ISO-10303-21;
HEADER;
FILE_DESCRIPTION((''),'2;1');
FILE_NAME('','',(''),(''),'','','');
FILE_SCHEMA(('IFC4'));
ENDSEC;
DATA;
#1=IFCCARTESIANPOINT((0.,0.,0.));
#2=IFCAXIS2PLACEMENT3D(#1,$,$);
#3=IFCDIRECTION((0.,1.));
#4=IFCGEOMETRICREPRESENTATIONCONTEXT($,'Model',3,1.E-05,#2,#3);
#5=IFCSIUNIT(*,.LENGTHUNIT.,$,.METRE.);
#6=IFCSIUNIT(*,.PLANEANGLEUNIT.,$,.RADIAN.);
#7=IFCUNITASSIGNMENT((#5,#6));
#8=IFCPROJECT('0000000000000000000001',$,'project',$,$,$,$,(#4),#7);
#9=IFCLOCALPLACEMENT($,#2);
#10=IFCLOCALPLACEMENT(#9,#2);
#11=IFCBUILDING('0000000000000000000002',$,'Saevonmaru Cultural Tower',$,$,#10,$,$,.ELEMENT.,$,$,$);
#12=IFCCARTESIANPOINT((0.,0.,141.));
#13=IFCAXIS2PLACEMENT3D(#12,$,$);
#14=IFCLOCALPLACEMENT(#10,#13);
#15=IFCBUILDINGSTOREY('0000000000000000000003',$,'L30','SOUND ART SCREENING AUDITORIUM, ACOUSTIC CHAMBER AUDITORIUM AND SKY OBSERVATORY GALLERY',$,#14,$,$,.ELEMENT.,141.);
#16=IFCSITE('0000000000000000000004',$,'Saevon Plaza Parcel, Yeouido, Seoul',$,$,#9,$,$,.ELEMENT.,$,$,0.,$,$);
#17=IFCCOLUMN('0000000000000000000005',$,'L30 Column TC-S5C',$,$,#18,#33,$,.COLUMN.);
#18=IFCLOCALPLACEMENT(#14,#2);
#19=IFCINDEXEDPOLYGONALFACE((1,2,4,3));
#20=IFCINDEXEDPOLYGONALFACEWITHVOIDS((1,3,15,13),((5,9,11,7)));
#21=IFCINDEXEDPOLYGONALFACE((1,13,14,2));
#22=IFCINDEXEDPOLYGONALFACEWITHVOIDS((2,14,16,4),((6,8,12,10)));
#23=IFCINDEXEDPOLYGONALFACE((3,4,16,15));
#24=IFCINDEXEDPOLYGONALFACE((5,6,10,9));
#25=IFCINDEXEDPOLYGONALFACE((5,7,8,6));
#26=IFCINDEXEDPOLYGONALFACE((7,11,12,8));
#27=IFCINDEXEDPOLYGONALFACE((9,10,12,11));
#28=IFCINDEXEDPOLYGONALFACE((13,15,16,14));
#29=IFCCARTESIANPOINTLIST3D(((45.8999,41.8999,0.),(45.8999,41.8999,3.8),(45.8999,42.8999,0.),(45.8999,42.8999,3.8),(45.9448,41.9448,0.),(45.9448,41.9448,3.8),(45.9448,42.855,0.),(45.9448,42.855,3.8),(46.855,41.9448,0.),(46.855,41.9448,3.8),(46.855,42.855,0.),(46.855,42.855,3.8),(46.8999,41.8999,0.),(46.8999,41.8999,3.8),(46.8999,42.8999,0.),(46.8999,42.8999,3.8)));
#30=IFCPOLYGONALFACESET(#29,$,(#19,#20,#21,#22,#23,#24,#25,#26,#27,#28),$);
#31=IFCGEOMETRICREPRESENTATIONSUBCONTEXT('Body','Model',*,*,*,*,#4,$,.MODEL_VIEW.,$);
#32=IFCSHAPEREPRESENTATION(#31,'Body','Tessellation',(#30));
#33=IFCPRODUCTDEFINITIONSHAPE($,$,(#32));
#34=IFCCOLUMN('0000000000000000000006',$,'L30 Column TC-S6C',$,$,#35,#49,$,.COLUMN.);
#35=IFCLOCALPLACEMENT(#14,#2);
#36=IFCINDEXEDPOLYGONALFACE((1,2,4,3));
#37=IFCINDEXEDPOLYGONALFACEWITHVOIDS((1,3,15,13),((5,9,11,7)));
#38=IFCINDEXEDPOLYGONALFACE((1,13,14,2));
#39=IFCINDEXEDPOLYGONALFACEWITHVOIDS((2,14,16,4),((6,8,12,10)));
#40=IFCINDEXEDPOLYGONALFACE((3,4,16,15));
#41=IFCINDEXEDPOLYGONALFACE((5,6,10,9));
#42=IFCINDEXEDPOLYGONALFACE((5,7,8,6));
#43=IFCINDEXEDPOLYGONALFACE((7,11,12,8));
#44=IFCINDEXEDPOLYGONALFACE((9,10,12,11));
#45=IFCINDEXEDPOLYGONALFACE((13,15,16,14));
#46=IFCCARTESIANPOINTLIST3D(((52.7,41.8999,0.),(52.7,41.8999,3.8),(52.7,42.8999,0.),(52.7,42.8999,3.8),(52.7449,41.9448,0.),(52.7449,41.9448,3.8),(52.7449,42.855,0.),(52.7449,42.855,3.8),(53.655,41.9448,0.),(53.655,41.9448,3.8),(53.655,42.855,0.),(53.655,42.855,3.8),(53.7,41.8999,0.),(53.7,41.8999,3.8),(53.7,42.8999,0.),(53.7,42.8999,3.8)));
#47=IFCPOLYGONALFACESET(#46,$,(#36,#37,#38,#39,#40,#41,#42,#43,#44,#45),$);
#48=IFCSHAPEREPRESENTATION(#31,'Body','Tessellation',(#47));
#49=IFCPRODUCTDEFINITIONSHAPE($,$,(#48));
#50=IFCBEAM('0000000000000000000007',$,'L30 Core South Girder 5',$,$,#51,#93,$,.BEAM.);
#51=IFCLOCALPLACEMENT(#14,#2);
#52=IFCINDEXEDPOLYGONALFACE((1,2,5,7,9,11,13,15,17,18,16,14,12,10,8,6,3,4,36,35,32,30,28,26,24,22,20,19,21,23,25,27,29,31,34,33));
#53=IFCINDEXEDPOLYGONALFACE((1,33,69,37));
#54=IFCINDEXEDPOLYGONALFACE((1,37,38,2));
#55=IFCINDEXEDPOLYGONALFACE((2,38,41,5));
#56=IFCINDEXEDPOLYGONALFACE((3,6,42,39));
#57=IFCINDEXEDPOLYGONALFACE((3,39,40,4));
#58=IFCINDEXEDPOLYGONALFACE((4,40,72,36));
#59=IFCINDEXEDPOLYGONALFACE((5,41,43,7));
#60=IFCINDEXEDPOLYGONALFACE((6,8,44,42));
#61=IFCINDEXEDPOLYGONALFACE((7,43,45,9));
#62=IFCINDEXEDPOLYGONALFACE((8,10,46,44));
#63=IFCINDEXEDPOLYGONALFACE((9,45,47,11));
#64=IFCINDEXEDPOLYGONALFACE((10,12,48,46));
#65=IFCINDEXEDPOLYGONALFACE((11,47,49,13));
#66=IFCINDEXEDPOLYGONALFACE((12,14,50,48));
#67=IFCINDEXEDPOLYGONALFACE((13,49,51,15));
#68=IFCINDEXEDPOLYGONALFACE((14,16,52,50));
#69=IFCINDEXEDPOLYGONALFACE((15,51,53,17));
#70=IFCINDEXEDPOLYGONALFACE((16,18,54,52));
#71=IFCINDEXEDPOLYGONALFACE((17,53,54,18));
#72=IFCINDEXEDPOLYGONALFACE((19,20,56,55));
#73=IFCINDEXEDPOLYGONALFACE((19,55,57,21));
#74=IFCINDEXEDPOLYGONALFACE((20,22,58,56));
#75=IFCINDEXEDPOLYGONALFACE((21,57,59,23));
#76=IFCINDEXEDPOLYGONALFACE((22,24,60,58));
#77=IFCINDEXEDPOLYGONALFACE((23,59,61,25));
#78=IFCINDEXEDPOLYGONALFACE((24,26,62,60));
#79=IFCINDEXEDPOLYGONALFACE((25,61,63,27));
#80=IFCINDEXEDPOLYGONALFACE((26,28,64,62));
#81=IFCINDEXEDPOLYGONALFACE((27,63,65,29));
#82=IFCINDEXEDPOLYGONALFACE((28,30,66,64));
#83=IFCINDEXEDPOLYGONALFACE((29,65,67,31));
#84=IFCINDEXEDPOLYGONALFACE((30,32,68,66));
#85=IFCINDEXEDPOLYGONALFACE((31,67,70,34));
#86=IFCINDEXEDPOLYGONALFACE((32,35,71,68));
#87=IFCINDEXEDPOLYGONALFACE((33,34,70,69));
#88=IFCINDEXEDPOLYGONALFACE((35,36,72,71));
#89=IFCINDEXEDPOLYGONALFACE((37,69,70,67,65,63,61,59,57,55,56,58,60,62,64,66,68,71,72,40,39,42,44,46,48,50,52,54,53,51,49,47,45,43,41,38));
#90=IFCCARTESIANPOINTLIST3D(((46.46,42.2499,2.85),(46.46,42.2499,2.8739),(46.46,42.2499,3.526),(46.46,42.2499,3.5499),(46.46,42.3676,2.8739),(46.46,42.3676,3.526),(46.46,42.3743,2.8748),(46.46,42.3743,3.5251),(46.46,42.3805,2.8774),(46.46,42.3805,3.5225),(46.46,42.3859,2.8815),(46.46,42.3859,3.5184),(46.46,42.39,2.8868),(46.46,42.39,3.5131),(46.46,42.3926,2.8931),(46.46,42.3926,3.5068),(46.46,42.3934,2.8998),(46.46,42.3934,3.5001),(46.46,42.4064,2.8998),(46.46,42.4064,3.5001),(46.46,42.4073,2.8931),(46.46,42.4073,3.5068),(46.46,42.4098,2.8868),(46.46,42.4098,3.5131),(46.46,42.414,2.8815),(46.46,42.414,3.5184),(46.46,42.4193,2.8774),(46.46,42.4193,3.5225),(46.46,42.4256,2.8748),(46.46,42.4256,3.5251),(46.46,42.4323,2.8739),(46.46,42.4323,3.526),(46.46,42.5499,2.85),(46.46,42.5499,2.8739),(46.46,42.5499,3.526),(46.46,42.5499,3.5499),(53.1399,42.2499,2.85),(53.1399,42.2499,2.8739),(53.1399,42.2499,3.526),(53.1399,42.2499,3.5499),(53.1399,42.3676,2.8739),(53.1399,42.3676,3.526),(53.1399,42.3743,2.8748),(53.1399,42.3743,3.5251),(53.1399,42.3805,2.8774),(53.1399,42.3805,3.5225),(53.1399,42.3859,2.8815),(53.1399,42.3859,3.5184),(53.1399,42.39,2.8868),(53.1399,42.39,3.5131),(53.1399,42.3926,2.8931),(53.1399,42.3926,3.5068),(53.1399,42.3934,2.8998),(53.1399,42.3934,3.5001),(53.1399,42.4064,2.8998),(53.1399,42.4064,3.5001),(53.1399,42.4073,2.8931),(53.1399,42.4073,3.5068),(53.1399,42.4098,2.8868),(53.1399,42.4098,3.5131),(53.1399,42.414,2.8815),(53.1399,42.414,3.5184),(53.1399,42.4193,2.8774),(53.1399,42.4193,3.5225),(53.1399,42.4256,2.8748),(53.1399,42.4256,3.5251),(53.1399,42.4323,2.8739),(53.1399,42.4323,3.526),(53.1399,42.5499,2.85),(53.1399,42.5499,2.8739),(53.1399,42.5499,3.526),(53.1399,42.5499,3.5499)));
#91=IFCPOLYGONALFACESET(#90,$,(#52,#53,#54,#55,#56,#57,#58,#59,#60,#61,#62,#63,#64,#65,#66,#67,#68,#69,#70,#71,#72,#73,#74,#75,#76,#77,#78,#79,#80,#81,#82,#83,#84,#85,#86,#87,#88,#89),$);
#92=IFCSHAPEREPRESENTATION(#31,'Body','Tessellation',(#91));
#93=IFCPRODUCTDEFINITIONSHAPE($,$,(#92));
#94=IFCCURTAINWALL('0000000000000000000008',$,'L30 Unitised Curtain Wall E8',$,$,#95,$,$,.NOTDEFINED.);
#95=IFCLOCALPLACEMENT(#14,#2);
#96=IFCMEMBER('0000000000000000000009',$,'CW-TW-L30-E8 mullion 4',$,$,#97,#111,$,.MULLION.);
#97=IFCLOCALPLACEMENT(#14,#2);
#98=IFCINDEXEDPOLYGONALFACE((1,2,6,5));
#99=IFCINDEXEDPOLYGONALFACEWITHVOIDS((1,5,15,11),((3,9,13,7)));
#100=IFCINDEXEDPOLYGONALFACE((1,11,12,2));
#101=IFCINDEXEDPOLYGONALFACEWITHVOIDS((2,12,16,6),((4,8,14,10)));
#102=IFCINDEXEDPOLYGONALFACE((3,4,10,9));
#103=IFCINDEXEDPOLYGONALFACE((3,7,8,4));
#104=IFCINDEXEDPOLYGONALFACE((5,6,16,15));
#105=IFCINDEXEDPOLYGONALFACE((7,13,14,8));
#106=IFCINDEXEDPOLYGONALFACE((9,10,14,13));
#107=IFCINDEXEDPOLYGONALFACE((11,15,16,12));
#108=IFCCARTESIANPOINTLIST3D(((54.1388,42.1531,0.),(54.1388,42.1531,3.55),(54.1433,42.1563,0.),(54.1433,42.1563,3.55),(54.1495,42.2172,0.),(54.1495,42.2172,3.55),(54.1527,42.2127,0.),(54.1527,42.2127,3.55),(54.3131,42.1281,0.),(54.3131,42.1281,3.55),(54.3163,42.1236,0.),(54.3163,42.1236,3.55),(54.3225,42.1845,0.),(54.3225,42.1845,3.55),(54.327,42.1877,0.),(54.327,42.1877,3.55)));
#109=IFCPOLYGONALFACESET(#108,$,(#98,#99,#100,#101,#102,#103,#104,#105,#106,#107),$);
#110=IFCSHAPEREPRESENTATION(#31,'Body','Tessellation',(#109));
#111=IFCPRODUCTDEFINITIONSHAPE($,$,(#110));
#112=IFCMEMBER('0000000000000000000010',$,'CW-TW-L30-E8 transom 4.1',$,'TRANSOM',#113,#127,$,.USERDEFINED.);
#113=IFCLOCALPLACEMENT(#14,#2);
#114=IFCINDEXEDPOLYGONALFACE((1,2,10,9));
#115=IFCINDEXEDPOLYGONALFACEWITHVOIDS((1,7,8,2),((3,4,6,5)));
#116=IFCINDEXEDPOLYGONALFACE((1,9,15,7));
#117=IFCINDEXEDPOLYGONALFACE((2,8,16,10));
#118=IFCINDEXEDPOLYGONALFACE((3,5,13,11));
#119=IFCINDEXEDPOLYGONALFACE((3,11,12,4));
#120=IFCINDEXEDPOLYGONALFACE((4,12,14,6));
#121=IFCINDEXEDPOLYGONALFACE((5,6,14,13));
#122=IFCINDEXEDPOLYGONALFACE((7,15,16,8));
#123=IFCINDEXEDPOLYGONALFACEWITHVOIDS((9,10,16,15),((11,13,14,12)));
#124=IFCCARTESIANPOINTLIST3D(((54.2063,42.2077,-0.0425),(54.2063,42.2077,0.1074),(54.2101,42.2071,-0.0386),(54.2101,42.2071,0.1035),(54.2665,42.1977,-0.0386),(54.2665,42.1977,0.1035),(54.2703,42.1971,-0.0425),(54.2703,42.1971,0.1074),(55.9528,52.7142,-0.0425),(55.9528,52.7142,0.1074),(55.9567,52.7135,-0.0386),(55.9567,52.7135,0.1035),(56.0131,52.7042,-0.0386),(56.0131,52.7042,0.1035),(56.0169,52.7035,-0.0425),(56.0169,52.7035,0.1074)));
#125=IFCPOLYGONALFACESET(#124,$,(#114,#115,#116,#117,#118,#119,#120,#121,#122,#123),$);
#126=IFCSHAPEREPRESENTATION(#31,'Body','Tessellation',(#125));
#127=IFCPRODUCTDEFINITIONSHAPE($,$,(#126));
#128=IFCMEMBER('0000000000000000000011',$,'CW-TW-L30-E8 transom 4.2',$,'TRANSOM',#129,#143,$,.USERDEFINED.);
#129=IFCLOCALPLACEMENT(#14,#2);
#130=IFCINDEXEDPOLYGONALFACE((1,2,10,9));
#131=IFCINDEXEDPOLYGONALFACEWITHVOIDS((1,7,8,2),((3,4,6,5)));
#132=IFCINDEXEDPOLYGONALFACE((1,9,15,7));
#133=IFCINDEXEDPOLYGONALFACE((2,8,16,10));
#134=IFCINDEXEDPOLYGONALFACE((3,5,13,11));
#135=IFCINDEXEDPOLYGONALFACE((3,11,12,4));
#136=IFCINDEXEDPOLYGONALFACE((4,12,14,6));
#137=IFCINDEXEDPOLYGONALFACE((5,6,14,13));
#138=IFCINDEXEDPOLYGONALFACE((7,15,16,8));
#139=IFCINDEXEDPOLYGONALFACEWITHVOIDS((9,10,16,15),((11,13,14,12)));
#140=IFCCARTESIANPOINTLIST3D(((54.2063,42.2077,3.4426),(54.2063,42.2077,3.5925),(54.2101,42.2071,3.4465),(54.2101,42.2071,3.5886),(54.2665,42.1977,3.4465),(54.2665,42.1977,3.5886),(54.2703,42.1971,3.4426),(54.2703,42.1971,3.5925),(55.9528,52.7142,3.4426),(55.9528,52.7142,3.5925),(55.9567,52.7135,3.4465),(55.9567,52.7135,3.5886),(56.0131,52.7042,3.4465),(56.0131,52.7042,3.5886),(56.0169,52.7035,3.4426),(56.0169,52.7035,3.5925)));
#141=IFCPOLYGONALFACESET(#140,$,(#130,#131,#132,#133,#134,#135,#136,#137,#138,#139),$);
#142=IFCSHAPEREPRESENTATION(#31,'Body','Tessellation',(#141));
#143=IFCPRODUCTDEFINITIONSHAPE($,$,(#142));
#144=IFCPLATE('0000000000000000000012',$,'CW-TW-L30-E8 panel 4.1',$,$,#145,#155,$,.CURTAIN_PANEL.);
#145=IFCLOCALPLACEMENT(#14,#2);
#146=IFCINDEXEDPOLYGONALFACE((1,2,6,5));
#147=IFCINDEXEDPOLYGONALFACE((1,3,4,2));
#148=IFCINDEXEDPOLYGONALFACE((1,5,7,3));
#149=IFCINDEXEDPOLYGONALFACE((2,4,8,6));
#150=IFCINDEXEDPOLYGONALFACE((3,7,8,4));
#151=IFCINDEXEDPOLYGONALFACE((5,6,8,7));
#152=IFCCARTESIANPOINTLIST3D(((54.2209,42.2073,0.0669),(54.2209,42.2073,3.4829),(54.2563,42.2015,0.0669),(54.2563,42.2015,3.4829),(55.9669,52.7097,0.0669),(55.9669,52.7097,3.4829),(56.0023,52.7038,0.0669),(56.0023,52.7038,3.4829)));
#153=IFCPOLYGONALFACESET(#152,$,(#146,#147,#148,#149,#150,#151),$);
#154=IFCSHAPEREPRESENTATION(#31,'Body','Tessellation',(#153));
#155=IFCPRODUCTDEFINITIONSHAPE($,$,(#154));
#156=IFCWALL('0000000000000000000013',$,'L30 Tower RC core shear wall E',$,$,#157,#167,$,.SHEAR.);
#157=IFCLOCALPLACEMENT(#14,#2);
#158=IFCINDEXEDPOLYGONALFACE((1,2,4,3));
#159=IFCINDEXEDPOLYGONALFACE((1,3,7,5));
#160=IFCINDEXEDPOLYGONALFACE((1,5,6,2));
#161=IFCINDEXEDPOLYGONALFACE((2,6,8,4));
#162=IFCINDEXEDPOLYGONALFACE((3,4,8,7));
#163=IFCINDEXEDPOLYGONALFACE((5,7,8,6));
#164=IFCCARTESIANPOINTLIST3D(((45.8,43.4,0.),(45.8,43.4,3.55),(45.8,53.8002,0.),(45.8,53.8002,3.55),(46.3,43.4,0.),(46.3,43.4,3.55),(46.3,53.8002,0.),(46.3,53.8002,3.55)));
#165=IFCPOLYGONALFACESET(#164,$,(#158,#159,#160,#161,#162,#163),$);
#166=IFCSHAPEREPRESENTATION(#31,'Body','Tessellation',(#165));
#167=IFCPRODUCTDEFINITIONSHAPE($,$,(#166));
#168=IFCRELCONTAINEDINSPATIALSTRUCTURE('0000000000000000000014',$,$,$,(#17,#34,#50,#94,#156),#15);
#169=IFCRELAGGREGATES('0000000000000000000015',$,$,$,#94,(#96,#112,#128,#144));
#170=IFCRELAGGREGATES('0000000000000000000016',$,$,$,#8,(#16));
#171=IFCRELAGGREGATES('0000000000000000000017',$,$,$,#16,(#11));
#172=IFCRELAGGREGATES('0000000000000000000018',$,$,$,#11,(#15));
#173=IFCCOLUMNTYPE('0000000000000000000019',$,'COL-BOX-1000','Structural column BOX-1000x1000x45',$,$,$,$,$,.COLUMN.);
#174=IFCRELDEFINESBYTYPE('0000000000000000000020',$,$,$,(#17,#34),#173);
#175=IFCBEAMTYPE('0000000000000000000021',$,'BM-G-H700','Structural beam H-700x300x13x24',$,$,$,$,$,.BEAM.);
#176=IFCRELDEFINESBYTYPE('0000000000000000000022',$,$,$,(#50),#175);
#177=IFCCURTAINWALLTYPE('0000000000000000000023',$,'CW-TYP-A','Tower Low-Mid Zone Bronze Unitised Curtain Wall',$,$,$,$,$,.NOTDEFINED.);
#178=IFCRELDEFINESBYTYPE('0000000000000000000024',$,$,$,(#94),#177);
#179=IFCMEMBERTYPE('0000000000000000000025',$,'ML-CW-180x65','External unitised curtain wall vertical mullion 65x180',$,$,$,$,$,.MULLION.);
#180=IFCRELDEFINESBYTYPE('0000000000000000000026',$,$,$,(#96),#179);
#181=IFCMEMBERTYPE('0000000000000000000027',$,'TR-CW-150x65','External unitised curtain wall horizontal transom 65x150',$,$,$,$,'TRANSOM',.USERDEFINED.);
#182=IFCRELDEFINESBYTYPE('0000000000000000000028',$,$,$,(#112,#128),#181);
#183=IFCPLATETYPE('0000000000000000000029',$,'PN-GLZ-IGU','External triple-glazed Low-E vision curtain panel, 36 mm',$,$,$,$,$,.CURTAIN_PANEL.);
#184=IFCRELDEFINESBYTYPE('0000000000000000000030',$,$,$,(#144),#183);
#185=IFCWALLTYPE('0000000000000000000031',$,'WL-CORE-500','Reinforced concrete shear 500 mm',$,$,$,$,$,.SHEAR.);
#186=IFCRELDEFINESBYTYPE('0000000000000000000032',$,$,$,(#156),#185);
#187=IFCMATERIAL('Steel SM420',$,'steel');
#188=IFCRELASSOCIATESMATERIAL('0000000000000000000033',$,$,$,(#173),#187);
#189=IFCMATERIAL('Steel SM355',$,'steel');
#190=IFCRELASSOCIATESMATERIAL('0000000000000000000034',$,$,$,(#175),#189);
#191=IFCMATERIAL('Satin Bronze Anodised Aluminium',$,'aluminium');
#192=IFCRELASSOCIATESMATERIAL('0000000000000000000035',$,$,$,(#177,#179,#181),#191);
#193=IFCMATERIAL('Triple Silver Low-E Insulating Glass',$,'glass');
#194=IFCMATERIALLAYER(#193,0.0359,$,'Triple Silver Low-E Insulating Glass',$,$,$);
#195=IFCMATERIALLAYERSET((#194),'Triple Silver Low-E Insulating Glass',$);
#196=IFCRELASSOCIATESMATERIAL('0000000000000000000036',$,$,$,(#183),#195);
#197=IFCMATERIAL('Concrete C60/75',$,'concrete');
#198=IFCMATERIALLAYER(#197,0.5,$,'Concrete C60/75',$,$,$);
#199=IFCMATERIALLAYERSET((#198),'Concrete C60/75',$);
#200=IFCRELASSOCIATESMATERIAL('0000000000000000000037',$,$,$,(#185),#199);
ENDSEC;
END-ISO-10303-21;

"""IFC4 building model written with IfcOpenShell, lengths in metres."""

from ifc_helpers import new_model, si_unit, direction, frame, frame_2d, origin, origin_2d, place, context, subcontext, project, spatial, rectangle, hollow_rectangle, i_section, extrude, material, layer, layer_set, material_profile, profile_set, type_object, element, aggregate, save


model = new_model("IFC4")

# Units and contexts
model_context = context("Model", 3, precision=1e-05, world=origin(), true_north=direction((0.0, 1.0)))
body_context = subcontext(model_context, "Body", "Model", "MODEL_VIEW")
ifc_project = project(units=[si_unit("LENGTHUNIT", "METRE"), si_unit("PLANEANGLEUNIT", "RADIAN")], contexts=[model_context])

# Site, building, storey
site_placement = place(None, origin())
site = spatial("IfcSite", under=ifc_project, at=site_placement, Name="Saevon Plaza Parcel, Yeouido, Seoul", CompositionType="ELEMENT", RefElevation=0.0)
building_placement = place(site_placement, origin())
building = spatial("IfcBuilding", under=site, at=building_placement, Name="Saevonmaru Cultural Tower", CompositionType="ELEMENT")
storey_placement = place(building_placement, frame((0.0, 0.0, 141.0)))
storey = spatial("IfcBuildingStorey", under=building, at=storey_placement, Name="L30", Description="SOUND ART SCREENING AUDITORIUM, ACOUSTIC CHAMBER AUDITORIUM AND SKY OBSERVATORY GALLERY", CompositionType="ELEMENT", Elevation=141.0)

# Columns
ifc_material_1 = material(Name="Steel SM420", Category="steel")
ifc_material_profile_1 = material_profile(ifc_material_1, hollow_rectangle(XDim=1.0, YDim=1.0, WallThickness=0.0449, at=origin_2d()), Name="BOX-1000x1000x45")
ifc_profile_set_1 = profile_set([ifc_material_profile_1], Name="Steel SM420")
column_type = type_object("IfcColumnType", Name="COL-BOX-1000", Description="Structural column BOX-1000x1000x45", PredefinedType="COLUMN", material=ifc_profile_set_1)
for number, where, z_axis, x_axis, name in (
    (1, (46.3999, 42.3999, 0.0), (0.0, 0.0, 1.0), (1.0, 0.0, 0.0), "L30 Column TC-S5C"),
    (2, (53.2, 42.3999, 0.0), (0.0, 0.0, 1.0), (1.0, 0.0, 0.0), "L30 Column TC-S6C"),
):
    element("IfcColumn", number, at=place(storey_placement, frame(where, z_axis=z_axis, x_axis=x_axis)), inside=storey, type_object=column_type, Name=name, PredefinedType="COLUMN", context=body_context, shape_type="SweptSolid", body=[
        extrude(hollow_rectangle(XDim=1.0, YDim=1.0, WallThickness=0.0449, at=origin_2d()), origin(), (0.0, 0.0, 1.0), 3.8),
    ])

# Beam
ifc_material_2 = material(Name="Steel SM355", Category="steel")
ifc_material_profile_2 = material_profile(ifc_material_2, i_section(OverallWidth=0.3, OverallDepth=0.7, WebThickness=0.0129, FlangeThickness=0.0239, FilletRadius=0.0259, at=origin_2d()), Name="H-700x300x13x24")
ifc_profile_set_2 = profile_set([ifc_material_profile_2], Name="Steel SM355")
beam_type = type_object("IfcBeamType", Name="BM-G-H700", Description="Structural beam H-700x300x13x24", PredefinedType="BEAM", material=ifc_profile_set_2)
beam_placement = place(storey_placement, frame((46.46, 42.3999, 3.2), z_axis=(1.0, 0.0, 0.0), x_axis=(0.0, 1.0, 0.0)))
element("IfcBeam", 3, at=beam_placement, inside=storey, type_object=beam_type, Name="L30 Core South Girder 5", PredefinedType="BEAM", context=body_context, shape_type="SweptSolid", body=[
    extrude(i_section(OverallWidth=0.3, OverallDepth=0.7, WebThickness=0.0129, FlangeThickness=0.0239, FilletRadius=0.0259, at=origin_2d()), origin(), (0.0, 0.0, 1.0), 6.6799),
])

# Curtain wall, members, plate
ifc_material_3 = material(Name="Satin Bronze Anodised Aluminium", Category="aluminium")
curtain_wall_type = type_object("IfcCurtainWallType", Name="CW-TYP-A", Description="Tower Low-Mid Zone Bronze Unitised Curtain Wall", PredefinedType="NOTDEFINED", material=ifc_material_3)
curtain_wall_placement = place(storey_placement, origin())
curtain_wall = element("IfcCurtainWall", 4, at=curtain_wall_placement, inside=storey, type_object=curtain_wall_type, Name="L30 Unitised Curtain Wall E8", PredefinedType="NOTDEFINED")
ifc_material_profile_3 = material_profile(ifc_material_3, hollow_rectangle(XDim=0.0649, YDim=0.1799, WallThickness=0.0039, at=origin_2d()), Name="ALU-MULL-180x65x4")
ifc_profile_set_3 = profile_set([ifc_material_profile_3], Name="Satin Bronze Anodised Aluminium")
member_type_1 = type_object("IfcMemberType", Name="ML-CW-180x65", Description="External unitised curtain wall vertical mullion 65x180", PredefinedType="MULLION", material=ifc_profile_set_3)
member_1_placement = place(storey_placement, frame((54.2329, 42.1704, 0.0), z_axis=(0.0, 0.0, 1.0), x_axis=(0.163999, 0.986461, 0.0)))
member_1 = element("IfcMember", 5, at=member_1_placement, type_object=member_type_1, Name="CW-TW-L30-E8 mullion 4", PredefinedType="MULLION", context=body_context, shape_type="SweptSolid", body=[
    extrude(hollow_rectangle(XDim=0.0649, YDim=0.1799, WallThickness=0.0039, at=origin_2d()), origin(), (0.0, 0.0, 1.0), 3.55),
])
ifc_material_profile_4 = material_profile(ifc_material_3, hollow_rectangle(XDim=0.0649, YDim=0.1499, WallThickness=0.0039, at=origin_2d()), Name="ALU-TRAN-150x65x4")
ifc_profile_set_4 = profile_set([ifc_material_profile_4], Name="Satin Bronze Anodised Aluminium")
member_type_2 = type_object("IfcMemberType", Name="TR-CW-150x65", Description="External unitised curtain wall horizontal transom 65x150", ElementType="TRANSOM", PredefinedType="USERDEFINED", material=ifc_profile_set_4)
member_2_placement = place(storey_placement, frame((54.2383, 42.2024, 0.0325), z_axis=(0.16399, 0.986462, 0.0), x_axis=(-0.986462, 0.16399, 0.0)))
member_2 = element("IfcMember", 6, at=member_2_placement, type_object=member_type_2, Name="CW-TW-L30-E8 transom 4.1", ObjectType="TRANSOM", PredefinedType="USERDEFINED", context=body_context, shape_type="SweptSolid", body=[
    extrude(hollow_rectangle(XDim=0.0649, YDim=0.1499, WallThickness=0.0039, at=origin_2d()), origin(), (0.0, 0.0, 1.0), 10.6506),
])
member_3_placement = place(storey_placement, frame((54.2383, 42.2024, 3.5176), z_axis=(0.16399, 0.986462, 0.0), x_axis=(-0.986462, 0.16399, 0.0)))
member_3 = element("IfcMember", 7, at=member_3_placement, type_object=member_type_2, Name="CW-TW-L30-E8 transom 4.2", ObjectType="TRANSOM", PredefinedType="USERDEFINED", context=body_context, shape_type="SweptSolid", body=[
    extrude(hollow_rectangle(XDim=0.0649, YDim=0.1499, WallThickness=0.0039, at=origin_2d()), origin(), (0.0, 0.0, 1.0), 10.6506),
])
ifc_material_4 = material(Name="Triple Silver Low-E Insulating Glass", Category="glass")
ifc_layer_1 = layer(ifc_material_4, 0.0359, Name="Triple Silver Low-E Insulating Glass")
ifc_layer_set_1 = layer_set([ifc_layer_1], Name="Triple Silver Low-E Insulating Glass")
plate_type = type_object("IfcPlateType", Name="PN-GLZ-IGU", Description="External triple-glazed Low-E vision curtain panel, 36 mm", PredefinedType="CURTAIN_PANEL", material=ifc_layer_set_1)
plate_placement = place(storey_placement, frame((55.1116, 47.4556, 0.0669), z_axis=(0.0, 0.0, 1.0), x_axis=(0.163999, 0.986461, 0.0)))
plate = element("IfcPlate", 8, at=plate_placement, type_object=plate_type, Name="CW-TW-L30-E8 panel 4.1", PredefinedType="CURTAIN_PANEL", context=body_context, shape_type="SweptSolid", body=[
    extrude(rectangle(XDim=10.6465, YDim=0.0359, at=origin_2d()), origin(), (0.0, 0.0, 1.0), 3.416),
])
aggregate(curtain_wall, [member_1, member_2, member_3, plate])

# Wall
ifc_material_5 = material(Name="Concrete C60/75", Category="concrete")
ifc_layer_2 = layer(ifc_material_5, 0.5, Name="Concrete C60/75")
ifc_layer_set_2 = layer_set([ifc_layer_2], Name="Concrete C60/75")
wall_type_1 = type_object("IfcWallType", Name="WL-CORE-500", Description="Reinforced concrete shear 500 mm", PredefinedType="SHEAR", material=ifc_layer_set_2)
wall_1_placement = place(storey_placement, frame((46.05, 43.3999, 0.0), z_axis=(0.0, 0.0, 1.0), x_axis=(0.0, 1.0, 0.0)))
element("IfcWall", 9, at=wall_1_placement, inside=storey, type_object=wall_type_1, Name="L30 Tower RC core shear wall E", PredefinedType="SHEAR", context=body_context, shape_type="SweptSolid", body=[
    extrude(rectangle(XDim=10.4001, YDim=0.5, at=frame_2d((5.2002, 0.0))), origin(), (0.0, 0.0, 1.0), 3.55),
])

save(model, "model.ifc")
